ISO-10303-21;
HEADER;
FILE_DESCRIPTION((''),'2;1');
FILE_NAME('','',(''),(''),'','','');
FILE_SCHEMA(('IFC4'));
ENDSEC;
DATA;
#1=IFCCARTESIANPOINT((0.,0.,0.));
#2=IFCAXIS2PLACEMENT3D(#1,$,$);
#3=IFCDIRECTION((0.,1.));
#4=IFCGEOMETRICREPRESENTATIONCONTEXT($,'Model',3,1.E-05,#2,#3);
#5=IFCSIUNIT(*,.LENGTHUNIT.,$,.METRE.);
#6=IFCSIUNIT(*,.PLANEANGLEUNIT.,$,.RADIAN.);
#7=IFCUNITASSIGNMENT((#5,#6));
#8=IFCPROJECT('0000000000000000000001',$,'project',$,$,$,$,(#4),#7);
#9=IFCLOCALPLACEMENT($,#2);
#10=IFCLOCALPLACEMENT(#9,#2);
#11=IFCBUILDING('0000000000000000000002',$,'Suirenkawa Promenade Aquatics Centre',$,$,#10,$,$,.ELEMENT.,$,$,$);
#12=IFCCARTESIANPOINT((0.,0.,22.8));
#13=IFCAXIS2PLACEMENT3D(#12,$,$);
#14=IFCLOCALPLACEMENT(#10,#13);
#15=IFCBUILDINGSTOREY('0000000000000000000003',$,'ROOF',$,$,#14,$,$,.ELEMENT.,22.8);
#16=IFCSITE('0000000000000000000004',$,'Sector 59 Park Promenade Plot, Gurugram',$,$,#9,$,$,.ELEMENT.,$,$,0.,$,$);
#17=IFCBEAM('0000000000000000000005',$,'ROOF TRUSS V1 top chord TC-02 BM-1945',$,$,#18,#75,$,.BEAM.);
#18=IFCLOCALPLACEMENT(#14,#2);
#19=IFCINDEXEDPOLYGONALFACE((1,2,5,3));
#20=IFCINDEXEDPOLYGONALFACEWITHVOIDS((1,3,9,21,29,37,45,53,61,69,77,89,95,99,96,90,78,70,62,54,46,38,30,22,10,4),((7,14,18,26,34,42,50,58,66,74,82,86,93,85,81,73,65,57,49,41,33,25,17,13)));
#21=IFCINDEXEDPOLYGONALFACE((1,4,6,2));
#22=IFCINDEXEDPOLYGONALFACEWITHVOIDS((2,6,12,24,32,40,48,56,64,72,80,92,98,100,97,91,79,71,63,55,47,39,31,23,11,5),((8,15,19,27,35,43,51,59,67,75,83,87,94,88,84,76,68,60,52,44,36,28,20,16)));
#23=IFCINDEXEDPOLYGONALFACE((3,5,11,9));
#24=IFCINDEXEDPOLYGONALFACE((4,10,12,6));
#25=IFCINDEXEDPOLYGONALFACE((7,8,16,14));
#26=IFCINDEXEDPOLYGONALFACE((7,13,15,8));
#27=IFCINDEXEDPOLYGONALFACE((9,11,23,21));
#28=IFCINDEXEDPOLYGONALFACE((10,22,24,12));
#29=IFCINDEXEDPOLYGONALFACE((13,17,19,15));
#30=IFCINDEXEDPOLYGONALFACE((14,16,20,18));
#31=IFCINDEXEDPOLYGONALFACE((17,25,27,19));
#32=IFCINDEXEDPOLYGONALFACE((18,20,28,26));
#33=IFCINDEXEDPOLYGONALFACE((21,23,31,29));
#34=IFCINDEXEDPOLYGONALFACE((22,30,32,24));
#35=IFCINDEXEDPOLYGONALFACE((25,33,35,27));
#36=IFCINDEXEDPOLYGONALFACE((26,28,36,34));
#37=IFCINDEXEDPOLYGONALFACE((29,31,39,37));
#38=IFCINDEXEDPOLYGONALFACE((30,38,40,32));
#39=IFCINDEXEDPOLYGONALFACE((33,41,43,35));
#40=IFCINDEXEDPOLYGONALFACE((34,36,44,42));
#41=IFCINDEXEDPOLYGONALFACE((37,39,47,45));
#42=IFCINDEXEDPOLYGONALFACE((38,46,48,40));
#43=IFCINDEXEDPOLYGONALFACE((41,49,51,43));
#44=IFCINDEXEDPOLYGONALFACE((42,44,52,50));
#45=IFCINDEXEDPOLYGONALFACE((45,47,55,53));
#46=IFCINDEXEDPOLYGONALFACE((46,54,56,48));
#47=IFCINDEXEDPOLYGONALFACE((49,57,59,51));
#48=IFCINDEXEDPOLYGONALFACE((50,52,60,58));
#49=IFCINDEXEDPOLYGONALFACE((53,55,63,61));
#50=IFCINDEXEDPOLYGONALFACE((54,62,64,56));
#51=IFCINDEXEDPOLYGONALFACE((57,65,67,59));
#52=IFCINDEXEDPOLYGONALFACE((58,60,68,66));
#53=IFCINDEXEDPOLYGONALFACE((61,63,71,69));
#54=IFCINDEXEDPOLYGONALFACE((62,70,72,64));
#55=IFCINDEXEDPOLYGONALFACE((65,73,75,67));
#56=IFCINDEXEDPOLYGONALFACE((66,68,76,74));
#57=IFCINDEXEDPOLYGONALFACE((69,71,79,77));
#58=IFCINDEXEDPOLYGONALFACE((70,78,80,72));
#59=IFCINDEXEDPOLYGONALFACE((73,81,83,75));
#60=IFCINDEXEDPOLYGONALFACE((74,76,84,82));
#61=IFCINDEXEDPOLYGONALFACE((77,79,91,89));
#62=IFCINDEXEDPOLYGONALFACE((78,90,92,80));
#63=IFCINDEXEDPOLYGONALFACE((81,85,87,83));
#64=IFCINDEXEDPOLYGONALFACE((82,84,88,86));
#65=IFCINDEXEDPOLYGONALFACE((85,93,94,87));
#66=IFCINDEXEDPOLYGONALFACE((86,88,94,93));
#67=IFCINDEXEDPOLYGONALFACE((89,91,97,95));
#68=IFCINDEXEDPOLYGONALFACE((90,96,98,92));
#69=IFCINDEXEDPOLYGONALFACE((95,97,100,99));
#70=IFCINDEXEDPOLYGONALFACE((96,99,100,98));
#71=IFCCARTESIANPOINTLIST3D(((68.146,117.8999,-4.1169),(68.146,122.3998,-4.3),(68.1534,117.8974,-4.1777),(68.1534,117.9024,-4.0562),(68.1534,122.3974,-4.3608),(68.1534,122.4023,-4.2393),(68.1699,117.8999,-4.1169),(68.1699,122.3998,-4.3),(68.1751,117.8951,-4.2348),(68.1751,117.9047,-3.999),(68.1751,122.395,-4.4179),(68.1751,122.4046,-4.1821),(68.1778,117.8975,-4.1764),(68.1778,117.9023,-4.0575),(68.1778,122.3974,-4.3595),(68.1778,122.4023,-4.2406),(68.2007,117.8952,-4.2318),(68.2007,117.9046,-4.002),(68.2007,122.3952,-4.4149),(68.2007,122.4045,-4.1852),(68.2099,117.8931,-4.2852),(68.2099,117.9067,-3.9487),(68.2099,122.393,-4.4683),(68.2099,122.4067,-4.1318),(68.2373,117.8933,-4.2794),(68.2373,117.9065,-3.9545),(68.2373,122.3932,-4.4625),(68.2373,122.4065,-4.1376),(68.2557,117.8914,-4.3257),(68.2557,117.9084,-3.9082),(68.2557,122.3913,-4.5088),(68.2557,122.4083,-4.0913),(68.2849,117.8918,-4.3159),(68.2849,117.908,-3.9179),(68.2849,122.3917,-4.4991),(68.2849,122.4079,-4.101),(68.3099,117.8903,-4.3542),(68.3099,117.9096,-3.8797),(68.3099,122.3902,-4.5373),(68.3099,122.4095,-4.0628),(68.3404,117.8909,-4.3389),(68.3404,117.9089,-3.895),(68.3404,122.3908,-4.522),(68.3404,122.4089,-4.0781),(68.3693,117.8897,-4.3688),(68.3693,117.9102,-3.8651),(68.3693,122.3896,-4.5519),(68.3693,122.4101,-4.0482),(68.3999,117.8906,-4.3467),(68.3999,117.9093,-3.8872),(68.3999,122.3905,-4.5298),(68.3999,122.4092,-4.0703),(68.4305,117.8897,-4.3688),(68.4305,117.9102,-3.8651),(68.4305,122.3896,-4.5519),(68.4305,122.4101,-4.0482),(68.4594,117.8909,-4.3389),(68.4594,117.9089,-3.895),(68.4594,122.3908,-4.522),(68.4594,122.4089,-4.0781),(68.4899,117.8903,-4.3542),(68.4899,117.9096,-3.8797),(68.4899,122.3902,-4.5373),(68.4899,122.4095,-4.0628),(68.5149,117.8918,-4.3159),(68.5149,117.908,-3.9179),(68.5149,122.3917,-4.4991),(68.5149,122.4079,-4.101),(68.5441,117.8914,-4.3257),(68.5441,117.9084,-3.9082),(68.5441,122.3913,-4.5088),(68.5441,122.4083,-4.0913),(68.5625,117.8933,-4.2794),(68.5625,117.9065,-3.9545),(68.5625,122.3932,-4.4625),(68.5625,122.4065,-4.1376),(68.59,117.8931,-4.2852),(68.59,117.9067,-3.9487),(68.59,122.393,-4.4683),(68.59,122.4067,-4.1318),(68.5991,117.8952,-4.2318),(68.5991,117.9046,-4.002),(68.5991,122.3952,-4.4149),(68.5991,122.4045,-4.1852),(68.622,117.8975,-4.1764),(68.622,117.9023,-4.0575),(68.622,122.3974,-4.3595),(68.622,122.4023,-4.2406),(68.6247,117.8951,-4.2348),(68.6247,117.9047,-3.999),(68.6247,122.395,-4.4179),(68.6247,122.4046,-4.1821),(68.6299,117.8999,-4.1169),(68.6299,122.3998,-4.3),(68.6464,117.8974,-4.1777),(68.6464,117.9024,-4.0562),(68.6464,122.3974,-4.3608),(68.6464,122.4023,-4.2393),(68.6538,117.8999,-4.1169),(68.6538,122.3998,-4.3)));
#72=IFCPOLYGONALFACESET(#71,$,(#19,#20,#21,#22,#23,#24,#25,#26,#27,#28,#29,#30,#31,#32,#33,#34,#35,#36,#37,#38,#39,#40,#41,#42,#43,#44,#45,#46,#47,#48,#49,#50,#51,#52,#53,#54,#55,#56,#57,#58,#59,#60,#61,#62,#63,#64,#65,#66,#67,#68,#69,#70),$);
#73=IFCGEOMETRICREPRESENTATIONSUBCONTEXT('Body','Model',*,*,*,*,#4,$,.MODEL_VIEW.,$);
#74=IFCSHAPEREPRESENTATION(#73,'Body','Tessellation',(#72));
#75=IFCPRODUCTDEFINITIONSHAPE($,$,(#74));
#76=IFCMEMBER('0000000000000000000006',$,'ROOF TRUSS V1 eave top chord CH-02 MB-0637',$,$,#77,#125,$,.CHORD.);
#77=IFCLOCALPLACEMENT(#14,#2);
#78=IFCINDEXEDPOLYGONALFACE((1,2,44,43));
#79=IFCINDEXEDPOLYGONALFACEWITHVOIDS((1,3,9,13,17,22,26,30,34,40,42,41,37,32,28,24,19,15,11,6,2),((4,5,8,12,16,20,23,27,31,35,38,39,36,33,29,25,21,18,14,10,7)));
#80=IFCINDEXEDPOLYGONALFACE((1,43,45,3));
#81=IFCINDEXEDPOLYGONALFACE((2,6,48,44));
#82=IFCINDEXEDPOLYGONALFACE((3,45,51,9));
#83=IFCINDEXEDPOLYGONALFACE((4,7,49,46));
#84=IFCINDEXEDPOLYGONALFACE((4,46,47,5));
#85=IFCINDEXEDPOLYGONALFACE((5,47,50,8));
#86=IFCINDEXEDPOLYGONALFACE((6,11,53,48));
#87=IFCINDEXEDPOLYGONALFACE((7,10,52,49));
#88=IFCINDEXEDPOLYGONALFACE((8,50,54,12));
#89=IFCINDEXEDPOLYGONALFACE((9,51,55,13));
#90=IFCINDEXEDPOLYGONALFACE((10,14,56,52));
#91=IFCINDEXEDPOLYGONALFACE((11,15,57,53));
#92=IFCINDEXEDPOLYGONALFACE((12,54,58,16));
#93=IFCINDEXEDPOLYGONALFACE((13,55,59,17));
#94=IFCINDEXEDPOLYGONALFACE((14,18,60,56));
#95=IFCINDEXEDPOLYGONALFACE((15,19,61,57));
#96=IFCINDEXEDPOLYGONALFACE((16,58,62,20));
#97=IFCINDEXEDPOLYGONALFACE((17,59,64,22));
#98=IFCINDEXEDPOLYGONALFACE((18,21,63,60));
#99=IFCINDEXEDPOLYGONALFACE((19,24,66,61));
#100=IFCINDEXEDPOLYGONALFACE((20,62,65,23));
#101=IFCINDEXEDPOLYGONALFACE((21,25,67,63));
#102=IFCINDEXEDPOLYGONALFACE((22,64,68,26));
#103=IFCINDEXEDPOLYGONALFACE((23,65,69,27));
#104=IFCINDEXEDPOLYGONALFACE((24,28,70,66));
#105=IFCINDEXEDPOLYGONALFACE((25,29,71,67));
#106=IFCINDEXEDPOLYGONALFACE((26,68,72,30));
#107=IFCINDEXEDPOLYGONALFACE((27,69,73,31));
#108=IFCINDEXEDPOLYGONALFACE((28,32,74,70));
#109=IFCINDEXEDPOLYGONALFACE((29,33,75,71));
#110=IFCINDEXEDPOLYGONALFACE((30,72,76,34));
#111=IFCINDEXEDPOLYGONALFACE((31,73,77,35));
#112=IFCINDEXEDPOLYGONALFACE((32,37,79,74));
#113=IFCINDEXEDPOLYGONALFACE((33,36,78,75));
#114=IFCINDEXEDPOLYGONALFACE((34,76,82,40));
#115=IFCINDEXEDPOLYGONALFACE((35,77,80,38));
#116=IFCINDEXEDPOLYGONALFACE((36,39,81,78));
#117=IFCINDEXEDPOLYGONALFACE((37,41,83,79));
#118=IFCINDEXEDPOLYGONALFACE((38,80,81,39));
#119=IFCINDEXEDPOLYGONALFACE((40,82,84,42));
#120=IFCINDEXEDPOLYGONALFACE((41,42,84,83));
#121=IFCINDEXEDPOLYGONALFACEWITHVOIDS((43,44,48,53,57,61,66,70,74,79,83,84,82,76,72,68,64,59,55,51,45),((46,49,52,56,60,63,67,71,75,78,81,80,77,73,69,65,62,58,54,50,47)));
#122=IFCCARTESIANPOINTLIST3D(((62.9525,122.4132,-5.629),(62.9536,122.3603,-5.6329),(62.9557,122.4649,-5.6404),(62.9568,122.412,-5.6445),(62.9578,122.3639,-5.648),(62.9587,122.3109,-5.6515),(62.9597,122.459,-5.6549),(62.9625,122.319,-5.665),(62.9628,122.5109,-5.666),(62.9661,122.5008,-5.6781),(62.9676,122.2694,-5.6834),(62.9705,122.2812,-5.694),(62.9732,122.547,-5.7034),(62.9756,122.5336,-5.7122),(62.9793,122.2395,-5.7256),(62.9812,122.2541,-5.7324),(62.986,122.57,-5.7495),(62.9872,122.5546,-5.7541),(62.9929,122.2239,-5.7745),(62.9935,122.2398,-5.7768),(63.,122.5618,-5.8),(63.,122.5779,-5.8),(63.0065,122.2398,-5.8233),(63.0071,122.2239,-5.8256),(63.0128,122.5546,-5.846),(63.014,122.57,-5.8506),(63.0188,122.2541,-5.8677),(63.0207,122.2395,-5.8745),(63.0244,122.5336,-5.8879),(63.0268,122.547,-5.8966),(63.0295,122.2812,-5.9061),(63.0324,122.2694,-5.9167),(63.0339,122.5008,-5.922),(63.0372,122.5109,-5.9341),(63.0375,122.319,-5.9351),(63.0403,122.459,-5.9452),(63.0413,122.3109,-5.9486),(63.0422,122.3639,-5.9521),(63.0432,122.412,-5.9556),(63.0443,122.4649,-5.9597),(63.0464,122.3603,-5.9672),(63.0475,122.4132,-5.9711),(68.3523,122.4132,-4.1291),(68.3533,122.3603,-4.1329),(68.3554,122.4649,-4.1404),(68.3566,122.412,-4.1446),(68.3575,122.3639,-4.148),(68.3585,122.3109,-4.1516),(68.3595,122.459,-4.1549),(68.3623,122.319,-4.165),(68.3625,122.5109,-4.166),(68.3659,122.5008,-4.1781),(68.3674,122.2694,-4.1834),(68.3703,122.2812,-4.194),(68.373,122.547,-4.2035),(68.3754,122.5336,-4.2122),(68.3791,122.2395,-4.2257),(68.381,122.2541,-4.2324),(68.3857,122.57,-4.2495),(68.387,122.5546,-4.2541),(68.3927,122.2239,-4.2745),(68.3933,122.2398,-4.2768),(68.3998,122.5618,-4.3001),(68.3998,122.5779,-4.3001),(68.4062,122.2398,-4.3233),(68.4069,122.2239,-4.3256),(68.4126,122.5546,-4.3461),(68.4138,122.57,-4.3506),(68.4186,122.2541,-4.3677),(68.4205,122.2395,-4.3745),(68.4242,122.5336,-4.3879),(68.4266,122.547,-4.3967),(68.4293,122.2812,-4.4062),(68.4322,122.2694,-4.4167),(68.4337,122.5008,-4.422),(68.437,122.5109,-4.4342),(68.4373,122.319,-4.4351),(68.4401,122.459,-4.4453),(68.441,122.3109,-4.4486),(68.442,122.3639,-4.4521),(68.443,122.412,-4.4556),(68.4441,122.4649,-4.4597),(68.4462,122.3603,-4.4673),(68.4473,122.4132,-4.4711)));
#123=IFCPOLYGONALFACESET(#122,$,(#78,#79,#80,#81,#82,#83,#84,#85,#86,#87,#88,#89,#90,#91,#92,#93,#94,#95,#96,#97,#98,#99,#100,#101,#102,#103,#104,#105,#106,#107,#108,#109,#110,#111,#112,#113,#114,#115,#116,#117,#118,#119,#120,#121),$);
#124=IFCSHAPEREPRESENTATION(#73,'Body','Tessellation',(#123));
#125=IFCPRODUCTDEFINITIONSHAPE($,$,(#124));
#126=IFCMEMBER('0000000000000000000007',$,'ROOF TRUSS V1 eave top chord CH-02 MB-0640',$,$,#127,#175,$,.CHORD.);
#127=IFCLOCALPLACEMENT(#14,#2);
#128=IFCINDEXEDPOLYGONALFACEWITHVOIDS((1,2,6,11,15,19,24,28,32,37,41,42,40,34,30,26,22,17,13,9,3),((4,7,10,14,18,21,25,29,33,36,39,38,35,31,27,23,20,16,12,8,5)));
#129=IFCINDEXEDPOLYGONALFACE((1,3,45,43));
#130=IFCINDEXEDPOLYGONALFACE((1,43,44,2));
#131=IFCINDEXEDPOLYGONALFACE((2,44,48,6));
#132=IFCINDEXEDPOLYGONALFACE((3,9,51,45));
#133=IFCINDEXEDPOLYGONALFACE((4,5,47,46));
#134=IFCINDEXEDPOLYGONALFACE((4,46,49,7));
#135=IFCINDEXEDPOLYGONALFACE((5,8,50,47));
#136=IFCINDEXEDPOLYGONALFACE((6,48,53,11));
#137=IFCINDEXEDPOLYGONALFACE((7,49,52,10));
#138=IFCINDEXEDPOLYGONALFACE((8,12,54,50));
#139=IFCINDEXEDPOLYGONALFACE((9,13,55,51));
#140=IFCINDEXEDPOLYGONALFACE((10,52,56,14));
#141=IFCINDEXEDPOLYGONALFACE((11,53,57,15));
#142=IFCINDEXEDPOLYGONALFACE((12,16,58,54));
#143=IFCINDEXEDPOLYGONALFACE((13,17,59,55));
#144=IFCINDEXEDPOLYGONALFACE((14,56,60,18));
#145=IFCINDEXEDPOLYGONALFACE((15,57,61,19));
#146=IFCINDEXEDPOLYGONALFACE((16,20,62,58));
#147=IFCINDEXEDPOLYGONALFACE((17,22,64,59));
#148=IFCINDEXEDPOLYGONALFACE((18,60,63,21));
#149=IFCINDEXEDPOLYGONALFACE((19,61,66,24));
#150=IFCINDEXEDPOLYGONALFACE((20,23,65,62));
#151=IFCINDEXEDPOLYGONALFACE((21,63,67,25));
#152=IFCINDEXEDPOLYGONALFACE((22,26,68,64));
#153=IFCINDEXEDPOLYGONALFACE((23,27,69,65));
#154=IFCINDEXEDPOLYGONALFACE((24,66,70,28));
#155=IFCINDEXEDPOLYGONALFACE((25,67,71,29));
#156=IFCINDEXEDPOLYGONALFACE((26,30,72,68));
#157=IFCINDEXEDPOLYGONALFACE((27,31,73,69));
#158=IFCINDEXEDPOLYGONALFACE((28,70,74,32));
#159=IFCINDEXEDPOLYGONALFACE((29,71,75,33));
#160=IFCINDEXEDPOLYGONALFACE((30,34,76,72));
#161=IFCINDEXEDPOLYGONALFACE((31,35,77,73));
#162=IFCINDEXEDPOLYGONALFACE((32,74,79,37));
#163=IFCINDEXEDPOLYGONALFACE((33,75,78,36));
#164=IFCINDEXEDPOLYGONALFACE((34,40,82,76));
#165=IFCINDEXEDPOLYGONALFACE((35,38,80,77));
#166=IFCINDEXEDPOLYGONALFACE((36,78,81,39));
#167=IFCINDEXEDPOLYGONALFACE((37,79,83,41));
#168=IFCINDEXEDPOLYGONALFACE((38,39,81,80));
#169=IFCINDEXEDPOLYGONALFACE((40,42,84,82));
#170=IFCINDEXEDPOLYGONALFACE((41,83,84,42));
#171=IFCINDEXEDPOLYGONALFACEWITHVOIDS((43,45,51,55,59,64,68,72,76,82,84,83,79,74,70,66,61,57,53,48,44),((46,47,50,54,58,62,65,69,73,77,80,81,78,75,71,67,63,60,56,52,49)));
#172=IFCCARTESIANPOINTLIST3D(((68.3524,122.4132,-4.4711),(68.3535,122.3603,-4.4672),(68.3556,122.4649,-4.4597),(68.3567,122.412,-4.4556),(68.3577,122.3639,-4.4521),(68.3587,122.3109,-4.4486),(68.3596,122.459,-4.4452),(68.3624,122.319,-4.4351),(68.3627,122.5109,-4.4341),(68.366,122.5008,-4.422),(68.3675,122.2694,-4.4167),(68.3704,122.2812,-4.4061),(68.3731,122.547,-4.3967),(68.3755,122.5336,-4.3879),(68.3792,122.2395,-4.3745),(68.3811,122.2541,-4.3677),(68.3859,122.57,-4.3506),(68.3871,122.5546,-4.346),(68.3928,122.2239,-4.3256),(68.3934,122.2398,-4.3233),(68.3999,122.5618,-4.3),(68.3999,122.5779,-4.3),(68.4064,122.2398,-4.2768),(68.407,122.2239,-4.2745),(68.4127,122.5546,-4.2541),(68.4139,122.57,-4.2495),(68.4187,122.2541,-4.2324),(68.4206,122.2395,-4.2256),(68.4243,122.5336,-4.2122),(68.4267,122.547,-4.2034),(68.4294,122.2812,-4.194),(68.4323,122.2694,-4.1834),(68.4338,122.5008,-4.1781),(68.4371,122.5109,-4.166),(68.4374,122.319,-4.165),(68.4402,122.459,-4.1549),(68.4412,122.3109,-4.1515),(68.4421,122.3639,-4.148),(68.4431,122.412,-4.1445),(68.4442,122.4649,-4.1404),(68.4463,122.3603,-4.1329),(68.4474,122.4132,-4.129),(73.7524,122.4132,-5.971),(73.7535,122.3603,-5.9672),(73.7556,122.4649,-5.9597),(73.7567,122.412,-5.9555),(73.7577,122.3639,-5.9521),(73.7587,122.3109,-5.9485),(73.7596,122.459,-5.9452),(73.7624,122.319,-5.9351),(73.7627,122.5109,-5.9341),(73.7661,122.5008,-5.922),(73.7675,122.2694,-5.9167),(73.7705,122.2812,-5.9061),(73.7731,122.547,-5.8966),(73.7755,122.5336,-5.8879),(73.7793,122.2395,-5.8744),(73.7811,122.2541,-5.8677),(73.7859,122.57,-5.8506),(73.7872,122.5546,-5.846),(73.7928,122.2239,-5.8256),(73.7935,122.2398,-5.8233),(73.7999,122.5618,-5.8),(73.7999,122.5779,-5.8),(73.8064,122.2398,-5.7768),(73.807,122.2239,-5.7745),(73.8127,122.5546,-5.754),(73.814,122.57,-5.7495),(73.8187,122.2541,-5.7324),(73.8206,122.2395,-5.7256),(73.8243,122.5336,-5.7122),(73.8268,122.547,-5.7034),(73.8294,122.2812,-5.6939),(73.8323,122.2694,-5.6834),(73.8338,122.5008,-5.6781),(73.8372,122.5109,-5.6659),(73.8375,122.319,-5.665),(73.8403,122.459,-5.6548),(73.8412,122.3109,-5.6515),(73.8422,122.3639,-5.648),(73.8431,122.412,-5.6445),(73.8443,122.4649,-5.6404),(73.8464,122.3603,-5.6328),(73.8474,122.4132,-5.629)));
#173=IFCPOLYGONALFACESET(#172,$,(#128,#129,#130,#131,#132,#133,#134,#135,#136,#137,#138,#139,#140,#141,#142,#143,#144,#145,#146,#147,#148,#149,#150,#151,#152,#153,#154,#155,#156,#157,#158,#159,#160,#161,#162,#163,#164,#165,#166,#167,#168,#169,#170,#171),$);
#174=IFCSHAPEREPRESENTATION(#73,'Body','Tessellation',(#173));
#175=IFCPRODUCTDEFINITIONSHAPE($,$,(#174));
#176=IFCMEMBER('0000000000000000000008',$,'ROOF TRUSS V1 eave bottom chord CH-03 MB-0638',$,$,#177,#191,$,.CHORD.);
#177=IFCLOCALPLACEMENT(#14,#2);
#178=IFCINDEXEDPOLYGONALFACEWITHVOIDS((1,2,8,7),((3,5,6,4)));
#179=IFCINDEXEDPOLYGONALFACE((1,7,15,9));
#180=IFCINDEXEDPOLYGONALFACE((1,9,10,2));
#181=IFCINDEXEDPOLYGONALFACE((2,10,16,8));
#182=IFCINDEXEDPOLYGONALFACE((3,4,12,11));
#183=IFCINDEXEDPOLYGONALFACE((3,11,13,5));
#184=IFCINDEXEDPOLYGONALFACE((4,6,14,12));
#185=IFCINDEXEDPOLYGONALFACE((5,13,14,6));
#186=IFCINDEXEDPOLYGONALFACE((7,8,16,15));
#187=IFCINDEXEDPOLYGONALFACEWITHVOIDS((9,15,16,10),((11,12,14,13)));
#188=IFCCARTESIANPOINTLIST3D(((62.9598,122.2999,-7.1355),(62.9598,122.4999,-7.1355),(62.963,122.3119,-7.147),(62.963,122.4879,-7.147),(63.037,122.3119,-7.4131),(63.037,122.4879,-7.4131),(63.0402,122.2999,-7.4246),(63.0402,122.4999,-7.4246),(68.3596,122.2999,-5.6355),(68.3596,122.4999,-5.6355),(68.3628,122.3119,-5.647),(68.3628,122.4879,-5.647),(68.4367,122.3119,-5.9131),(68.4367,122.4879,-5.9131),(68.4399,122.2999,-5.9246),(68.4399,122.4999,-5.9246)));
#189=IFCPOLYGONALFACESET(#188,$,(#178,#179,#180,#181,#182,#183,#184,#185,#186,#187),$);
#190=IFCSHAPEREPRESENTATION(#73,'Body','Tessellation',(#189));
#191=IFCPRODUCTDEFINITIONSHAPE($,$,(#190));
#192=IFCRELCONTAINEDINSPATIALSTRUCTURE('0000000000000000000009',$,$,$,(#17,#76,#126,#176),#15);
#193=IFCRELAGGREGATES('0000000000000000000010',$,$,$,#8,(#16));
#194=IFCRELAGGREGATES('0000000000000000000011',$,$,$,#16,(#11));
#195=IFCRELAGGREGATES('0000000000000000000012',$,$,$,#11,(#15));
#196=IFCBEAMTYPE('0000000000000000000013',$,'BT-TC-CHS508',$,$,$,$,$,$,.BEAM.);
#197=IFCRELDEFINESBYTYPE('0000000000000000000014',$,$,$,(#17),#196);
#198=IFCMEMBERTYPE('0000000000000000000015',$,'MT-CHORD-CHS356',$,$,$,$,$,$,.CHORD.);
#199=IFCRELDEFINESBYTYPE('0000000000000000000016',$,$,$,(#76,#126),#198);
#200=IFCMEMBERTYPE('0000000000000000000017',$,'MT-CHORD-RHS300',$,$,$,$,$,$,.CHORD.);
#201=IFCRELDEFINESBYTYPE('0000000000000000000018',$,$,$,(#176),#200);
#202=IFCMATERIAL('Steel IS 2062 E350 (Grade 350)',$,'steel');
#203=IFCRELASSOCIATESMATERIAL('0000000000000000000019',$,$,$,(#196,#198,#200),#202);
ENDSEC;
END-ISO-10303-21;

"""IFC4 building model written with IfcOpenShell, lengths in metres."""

from ifc_helpers import new_model, si_unit, direction, frame, origin, origin_2d, place, context, subcontext, project, spatial, hollow_rectangle, hollow_circle, extrude, material, material_profile, profile_set, type_object, element, save


model = new_model("IFC4")

# Units and contexts
model_context = context("Model", 3, precision=1e-05, world=origin(), true_north=direction((0.0, 1.0)))
body_context = subcontext(model_context, "Body", "Model", "MODEL_VIEW")
ifc_project = project(units=[si_unit("LENGTHUNIT", "METRE"), si_unit("PLANEANGLEUNIT", "RADIAN")], contexts=[model_context])

# Site, building, storey
site_placement = place(None, origin())
site = spatial("IfcSite", under=ifc_project, at=site_placement, Name="Sector 59 Park Promenade Plot, Gurugram", CompositionType="ELEMENT", RefElevation=0.0)
building_placement = place(site_placement, origin())
building = spatial("IfcBuilding", under=site, at=building_placement, Name="Suirenkawa Promenade Aquatics Centre", CompositionType="ELEMENT")
storey_placement = place(building_placement, frame((0.0, 0.0, 22.8)))
storey = spatial("IfcBuildingStorey", under=building, at=storey_placement, Name="ROOF", CompositionType="ELEMENT", Elevation=22.8)

# Beam
ifc_material = material(Name="Steel IS 2062 E350 (Grade 350)", Category="steel")
ifc_material_profile_1 = material_profile(ifc_material, hollow_circle(Radius=0.2539, WallThickness=0.0239, at=origin_2d()), Name="CHS 508x24", Category="steel")
ifc_profile_set_1 = profile_set([ifc_material_profile_1], Name="Steel IS 2062 E350 (Grade 350)")
beam_type_1 = type_object("IfcBeamType", Name="BT-TC-CHS508", PredefinedType="BEAM", material=ifc_profile_set_1)
for number, where, z_axis, x_axis, name in (
    (1, (68.3999, 117.8999, -4.1169), (0.0, 0.999173, -0.040656), (-1.0, 0.0, 0.0), "ROOF TRUSS V1 top chord TC-02 BM-1945"),
):
    element("IfcBeam", number, at=place(storey_placement, frame(where, z_axis=z_axis, x_axis=x_axis)), inside=storey, type_object=beam_type_1, Name=name, PredefinedType="BEAM", context=body_context, shape_type="SweptSolid", body=[
        extrude(hollow_circle(Radius=0.2539, WallThickness=0.0239, at=origin_2d()), origin(), (0.0, 0.0, 1.0), 4.5037),
    ])

# Members
ifc_material_profile_2 = material_profile(ifc_material, hollow_circle(Radius=0.178, WallThickness=0.0161, at=origin_2d()), Name="CHS 356x16", Category="steel")
ifc_profile_set_2 = profile_set([ifc_material_profile_2], Name="Steel IS 2062 E350 (Grade 350)")
member_type_1 = type_object("IfcMemberType", Name="MT-CHORD-CHS356", PredefinedType="CHORD", material=ifc_profile_set_2)
member_1_placement = place(storey_placement, frame((63.0, 122.3999, -5.8), z_axis=(0.963517, 0.0, 0.267648), x_axis=(0.0, 1.0, 0.0)))
element("IfcMember", 2, at=member_1_placement, inside=storey, type_object=member_type_1, Name="ROOF TRUSS V1 eave top chord CH-02 MB-0637", PredefinedType="CHORD", context=body_context, shape_type="SweptSolid", body=[
    extrude(hollow_circle(Radius=0.178, WallThickness=0.0161, at=origin_2d()), origin(), (0.0, 0.0, 1.0), 5.6042),
])
member_2_placement = place(storey_placement, frame((68.3999, 122.3999, -4.3), z_axis=(0.96352, 0.0, -0.267637), x_axis=(0.0, 1.0, 0.0)))
element("IfcMember", 3, at=member_2_placement, inside=storey, type_object=member_type_1, Name="ROOF TRUSS V1 eave top chord CH-02 MB-0640", PredefinedType="CHORD", context=body_context, shape_type="SweptSolid", body=[
    extrude(hollow_circle(Radius=0.178, WallThickness=0.0161, at=origin_2d()), origin(), (0.0, 0.0, 1.0), 5.6045),
])
ifc_material_profile_3 = material_profile(ifc_material, hollow_rectangle(XDim=0.2, YDim=0.3, WallThickness=0.012, at=origin_2d()), Name="RHS 300x200x12", Category="steel")
ifc_profile_set_3 = profile_set([ifc_material_profile_3], Name="Steel IS 2062 E350 (Grade 350)")
member_type_2 = type_object("IfcMemberType", Name="MT-CHORD-RHS300", PredefinedType="CHORD", material=ifc_profile_set_3)
member_3_placement = place(storey_placement, frame((63.0, 122.3999, -7.28), z_axis=(0.963517, 0.0, 0.267648), x_axis=(0.0, 1.0, 0.0)))
element("IfcMember", 4, at=member_3_placement, inside=storey, type_object=member_type_2, Name="ROOF TRUSS V1 eave bottom chord CH-03 MB-0638", PredefinedType="CHORD", context=body_context, shape_type="SweptSolid", body=[
    extrude(hollow_rectangle(XDim=0.2, YDim=0.3, WallThickness=0.012, at=origin_2d()), origin(), (0.0, 0.0, 1.0), 5.6042),
])

save(model, "model.ifc")
